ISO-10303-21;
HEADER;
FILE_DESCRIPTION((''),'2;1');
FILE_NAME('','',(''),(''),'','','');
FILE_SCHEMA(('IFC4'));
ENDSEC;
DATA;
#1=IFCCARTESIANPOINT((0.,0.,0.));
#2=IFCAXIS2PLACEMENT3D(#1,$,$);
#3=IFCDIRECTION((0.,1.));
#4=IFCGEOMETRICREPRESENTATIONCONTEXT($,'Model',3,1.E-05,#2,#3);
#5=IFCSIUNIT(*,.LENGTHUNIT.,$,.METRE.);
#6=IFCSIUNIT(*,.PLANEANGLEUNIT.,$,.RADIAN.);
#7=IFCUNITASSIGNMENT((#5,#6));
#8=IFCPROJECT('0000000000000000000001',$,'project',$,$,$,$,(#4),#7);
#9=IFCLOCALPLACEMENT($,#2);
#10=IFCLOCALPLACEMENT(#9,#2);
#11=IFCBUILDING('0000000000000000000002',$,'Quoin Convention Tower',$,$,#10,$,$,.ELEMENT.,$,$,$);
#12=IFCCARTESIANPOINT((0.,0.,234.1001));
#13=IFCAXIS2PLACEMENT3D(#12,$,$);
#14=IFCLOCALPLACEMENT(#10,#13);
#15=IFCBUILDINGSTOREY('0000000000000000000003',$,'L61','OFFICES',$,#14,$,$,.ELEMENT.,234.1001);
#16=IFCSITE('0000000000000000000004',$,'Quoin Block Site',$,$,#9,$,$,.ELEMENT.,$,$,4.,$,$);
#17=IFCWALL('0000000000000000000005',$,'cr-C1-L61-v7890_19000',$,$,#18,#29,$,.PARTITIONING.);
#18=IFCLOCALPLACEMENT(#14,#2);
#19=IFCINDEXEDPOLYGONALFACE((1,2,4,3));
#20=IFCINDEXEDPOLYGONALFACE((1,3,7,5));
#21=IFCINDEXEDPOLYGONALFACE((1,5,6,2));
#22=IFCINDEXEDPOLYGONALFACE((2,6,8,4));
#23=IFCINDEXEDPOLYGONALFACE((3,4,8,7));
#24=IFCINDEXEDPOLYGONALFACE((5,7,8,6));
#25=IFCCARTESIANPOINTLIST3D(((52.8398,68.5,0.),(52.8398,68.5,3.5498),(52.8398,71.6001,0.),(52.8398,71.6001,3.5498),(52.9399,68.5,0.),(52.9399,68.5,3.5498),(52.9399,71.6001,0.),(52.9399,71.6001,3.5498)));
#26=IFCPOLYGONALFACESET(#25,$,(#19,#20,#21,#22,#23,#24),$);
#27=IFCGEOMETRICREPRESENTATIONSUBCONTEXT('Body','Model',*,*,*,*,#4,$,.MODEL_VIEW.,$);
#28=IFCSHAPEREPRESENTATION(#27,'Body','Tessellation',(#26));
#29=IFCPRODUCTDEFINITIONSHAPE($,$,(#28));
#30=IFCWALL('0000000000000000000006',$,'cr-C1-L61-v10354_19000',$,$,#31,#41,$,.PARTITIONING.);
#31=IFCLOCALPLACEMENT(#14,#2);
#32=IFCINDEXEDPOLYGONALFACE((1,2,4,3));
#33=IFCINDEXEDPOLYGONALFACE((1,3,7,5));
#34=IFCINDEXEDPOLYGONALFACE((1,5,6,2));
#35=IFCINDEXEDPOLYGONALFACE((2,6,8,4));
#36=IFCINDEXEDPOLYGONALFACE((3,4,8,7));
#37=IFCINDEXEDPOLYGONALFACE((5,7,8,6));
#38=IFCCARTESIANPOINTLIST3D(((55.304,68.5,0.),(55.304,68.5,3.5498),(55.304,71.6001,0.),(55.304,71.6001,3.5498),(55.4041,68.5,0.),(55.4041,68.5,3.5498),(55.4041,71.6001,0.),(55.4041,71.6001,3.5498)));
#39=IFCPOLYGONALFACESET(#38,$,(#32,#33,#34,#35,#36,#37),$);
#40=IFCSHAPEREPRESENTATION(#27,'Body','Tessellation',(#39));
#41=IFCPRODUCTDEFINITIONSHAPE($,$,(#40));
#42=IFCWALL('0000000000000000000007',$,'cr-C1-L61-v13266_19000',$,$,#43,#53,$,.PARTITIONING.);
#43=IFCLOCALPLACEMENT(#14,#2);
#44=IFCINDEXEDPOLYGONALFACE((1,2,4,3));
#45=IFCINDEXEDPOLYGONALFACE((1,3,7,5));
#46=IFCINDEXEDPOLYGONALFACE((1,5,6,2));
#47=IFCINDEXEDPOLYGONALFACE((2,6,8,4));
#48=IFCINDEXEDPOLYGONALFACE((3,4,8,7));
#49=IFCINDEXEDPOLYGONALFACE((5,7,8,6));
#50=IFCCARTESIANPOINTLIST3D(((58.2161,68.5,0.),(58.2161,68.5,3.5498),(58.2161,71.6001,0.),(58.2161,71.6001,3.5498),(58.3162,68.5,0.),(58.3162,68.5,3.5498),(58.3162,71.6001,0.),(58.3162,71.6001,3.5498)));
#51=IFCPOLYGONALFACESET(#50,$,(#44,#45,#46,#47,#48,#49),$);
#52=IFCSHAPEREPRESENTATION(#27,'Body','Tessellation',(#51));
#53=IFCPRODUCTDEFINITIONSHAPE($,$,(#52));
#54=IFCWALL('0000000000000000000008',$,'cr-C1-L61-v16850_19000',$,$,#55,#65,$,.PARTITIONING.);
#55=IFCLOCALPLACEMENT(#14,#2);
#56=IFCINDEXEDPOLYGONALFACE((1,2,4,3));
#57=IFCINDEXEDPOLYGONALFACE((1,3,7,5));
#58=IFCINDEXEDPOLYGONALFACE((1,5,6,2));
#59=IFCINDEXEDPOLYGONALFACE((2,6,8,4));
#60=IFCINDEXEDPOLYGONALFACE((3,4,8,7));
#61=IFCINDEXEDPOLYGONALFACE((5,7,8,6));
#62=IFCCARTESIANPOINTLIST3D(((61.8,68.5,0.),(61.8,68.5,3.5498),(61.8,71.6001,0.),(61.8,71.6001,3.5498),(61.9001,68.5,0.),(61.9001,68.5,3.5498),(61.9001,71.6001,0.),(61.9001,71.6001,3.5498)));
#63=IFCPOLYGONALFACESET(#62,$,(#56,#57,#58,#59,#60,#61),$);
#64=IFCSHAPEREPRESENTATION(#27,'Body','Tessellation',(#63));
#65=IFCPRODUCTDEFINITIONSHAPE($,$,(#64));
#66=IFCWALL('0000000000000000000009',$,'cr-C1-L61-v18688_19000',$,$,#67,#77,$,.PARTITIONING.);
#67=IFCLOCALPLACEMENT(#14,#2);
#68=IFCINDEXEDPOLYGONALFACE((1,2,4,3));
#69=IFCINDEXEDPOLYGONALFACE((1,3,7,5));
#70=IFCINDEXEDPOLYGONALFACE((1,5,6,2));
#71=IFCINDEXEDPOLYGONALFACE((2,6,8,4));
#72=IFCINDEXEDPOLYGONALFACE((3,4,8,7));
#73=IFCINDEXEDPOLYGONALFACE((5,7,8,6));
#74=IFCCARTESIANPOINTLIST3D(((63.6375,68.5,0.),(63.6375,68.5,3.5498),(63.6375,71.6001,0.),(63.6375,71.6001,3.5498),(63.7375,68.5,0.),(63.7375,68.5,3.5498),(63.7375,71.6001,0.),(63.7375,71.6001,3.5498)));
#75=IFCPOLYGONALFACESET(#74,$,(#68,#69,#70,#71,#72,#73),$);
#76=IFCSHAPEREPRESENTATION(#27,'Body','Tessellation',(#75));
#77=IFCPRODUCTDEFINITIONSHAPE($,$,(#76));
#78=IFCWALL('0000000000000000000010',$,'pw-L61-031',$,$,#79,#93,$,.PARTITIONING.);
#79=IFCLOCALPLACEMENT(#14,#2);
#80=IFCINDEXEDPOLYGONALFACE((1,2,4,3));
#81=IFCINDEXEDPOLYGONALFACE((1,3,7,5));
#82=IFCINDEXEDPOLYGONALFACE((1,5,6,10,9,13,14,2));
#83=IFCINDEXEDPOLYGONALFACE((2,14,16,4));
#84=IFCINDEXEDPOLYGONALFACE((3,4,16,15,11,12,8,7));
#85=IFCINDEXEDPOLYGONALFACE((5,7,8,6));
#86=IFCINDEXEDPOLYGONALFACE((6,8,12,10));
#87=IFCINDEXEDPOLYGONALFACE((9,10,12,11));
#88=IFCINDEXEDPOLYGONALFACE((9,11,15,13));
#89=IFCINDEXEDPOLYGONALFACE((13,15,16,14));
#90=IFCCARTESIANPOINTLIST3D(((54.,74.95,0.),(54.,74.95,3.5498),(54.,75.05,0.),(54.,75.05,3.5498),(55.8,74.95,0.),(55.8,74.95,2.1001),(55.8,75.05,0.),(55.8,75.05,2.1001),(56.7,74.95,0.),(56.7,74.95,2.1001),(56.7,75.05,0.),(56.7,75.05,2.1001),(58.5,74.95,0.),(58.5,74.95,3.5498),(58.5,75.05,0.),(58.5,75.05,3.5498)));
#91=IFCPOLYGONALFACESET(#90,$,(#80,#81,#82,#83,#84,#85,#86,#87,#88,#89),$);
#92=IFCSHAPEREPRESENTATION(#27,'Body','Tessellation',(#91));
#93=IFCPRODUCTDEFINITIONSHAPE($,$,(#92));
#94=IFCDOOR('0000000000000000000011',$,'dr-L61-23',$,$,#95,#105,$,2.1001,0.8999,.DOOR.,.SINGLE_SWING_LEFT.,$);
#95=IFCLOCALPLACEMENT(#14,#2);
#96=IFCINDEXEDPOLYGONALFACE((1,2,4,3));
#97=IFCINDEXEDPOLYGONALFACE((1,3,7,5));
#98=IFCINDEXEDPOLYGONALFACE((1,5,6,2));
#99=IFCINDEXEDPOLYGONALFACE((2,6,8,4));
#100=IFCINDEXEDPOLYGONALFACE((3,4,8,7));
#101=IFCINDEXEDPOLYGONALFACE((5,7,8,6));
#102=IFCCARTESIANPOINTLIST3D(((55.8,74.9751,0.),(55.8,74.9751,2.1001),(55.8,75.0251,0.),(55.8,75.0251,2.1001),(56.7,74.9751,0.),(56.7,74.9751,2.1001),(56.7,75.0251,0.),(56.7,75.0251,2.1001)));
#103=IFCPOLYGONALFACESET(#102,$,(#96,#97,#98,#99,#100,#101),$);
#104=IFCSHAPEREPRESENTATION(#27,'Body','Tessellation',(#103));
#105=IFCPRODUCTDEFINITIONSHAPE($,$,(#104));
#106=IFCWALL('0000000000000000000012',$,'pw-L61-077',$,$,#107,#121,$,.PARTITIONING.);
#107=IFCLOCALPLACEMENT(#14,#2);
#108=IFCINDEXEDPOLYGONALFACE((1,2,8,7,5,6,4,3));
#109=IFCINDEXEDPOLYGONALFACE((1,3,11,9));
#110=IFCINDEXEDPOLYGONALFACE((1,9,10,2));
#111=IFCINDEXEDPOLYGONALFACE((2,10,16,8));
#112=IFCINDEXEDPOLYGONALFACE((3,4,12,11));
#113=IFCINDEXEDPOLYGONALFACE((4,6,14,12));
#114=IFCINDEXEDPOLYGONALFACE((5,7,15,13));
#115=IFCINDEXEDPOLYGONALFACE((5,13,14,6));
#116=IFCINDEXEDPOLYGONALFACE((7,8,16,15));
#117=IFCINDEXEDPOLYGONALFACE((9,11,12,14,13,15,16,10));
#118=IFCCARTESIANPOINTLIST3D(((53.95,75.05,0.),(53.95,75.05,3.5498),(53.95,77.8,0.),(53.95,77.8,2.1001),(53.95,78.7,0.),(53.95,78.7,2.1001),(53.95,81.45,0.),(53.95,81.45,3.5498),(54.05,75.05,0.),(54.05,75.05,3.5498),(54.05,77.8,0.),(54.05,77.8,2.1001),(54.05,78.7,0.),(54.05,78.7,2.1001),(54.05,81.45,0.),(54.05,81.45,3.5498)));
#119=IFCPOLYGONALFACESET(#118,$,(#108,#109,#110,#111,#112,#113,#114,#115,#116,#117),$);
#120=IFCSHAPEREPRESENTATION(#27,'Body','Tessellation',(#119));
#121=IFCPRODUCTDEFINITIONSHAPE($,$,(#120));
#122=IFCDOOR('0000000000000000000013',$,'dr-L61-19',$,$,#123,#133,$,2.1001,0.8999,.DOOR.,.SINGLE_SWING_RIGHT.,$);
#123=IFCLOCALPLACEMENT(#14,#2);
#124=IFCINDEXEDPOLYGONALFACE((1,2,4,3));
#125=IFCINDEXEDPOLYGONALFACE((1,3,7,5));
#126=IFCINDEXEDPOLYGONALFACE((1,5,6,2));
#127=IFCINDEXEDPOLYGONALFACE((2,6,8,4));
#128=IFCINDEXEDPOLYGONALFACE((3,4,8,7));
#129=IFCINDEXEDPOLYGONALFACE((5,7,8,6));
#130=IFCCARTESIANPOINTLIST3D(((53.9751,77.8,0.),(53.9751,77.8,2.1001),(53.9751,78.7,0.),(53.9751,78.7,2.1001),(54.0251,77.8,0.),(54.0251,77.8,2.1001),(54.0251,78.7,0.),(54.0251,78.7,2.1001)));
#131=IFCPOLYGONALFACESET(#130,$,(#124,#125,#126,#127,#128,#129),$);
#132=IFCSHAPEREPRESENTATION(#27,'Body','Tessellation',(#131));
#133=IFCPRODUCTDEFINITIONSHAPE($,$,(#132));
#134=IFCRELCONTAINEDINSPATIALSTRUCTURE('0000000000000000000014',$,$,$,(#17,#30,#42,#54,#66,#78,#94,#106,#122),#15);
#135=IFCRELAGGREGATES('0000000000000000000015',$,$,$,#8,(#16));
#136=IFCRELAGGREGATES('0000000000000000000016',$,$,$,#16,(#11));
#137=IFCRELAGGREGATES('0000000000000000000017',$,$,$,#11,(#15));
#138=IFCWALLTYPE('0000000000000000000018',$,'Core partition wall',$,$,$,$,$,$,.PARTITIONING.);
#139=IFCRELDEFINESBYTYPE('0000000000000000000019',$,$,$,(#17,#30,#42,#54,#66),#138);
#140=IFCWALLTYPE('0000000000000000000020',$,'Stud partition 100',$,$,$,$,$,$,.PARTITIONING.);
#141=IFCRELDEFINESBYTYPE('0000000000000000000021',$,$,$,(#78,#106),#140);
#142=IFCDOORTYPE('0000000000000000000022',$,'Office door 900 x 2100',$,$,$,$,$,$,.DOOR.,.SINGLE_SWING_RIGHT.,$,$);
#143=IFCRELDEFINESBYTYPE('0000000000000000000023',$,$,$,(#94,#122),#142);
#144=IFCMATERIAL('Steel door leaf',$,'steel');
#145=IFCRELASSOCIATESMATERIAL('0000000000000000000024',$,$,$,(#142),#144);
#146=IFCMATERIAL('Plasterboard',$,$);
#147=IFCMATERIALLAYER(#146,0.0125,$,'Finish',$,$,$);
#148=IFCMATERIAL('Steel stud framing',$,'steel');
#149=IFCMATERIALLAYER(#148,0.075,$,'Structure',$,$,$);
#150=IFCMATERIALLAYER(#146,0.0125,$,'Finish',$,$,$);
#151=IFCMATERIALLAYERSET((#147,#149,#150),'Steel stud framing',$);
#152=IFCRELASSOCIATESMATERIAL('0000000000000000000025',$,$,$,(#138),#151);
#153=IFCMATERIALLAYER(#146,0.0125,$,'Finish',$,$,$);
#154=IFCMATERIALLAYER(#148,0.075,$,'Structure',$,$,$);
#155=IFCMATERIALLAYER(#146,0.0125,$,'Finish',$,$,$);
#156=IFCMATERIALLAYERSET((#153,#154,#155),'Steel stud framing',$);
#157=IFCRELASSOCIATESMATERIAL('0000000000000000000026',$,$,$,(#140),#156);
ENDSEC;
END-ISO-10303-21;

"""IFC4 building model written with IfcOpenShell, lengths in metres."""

from ifc_helpers import new_model, si_unit, direction, frame, frame_2d, origin, place, context, subcontext, project, spatial, rectangle, extrude, material, layer, layer_set, type_object, element, fill, save


model = new_model("IFC4")

# Units and contexts
model_context = context("Model", 3, precision=1e-05, world=origin(), true_north=direction((0.0, 1.0)))
body_context = subcontext(model_context, "Body", "Model", "MODEL_VIEW")
ifc_project = project(units=[si_unit("LENGTHUNIT", "METRE"), si_unit("PLANEANGLEUNIT", "RADIAN")], contexts=[model_context])

# Site, building, storey
site_placement = place(None, origin())
site = spatial("IfcSite", under=ifc_project, at=site_placement, Name="Quoin Block Site", CompositionType="ELEMENT", RefElevation=4.0)
building_placement = place(site_placement, origin())
building = spatial("IfcBuilding", under=site, at=building_placement, Name="Quoin Convention Tower", CompositionType="ELEMENT")
storey_placement = place(building_placement, frame((0.0, 0.0, 234.1001)))
storey = spatial("IfcBuildingStorey", under=building, at=storey_placement, Name="L61", Description="OFFICES", CompositionType="ELEMENT", Elevation=234.1001)

# Shared definitions
ifc_material_1 = material(Name="Plasterboard")
ifc_material_2 = material(Name="Steel stud framing", Category="steel")

# Shared definitions
ifc_material_3 = material(Name="Steel door leaf", Category="steel")
door_type = type_object("IfcDoorType", Name="Office door 900 x 2100", OperationType="SINGLE_SWING_RIGHT", PredefinedType="DOOR", material=ifc_material_3)

# Walls
ifc_layer_1 = layer(ifc_material_1, 0.0125, Name="Finish")
ifc_layer_2 = layer(ifc_material_2, 0.075, Name="Structure")
ifc_layer_3 = layer(ifc_material_1, 0.0125, Name="Finish")
ifc_layer_set_1 = layer_set([ifc_layer_1, ifc_layer_2, ifc_layer_3], Name="Steel stud framing")
wall_type_1 = type_object("IfcWallType", Name="Core partition wall", PredefinedType="PARTITIONING", material=ifc_layer_set_1)
for number, where, z_axis, x_axis, name in (
    (1, (52.8899, 68.5, 0.0), (0.0, 0.0, 1.0), (0.0, 1.0, 0.0), "cr-C1-L61-v7890_19000"),
    (2, (55.354, 68.5, 0.0), (0.0, 0.0, 1.0), (0.0, 1.0, 0.0), "cr-C1-L61-v10354_19000"),
    (3, (58.2661, 68.5, 0.0), (0.0, 0.0, 1.0), (0.0, 1.0, 0.0), "cr-C1-L61-v13266_19000"),
    (4, (61.8501, 68.5, 0.0), (0.0, 0.0, 1.0), (0.0, 1.0, 0.0), "cr-C1-L61-v16850_19000"),
    (5, (63.6875, 68.5, 0.0), (0.0, 0.0, 1.0), (0.0, 1.0, 0.0), "cr-C1-L61-v18688_19000"),
):
    element("IfcWall", number, at=place(storey_placement, frame(where, z_axis=z_axis, x_axis=x_axis)), inside=storey, type_object=wall_type_1, Name=name, PredefinedType="PARTITIONING", context=body_context, shape_type="SweptSolid", body=[
        extrude(rectangle(XDim=3.1001, YDim=0.1001, at=frame_2d((1.55, 0.0))), origin(), (0.0, 0.0, 1.0), 3.5498),
    ])

# Walls, openings, doors
ifc_layer_4 = layer(ifc_material_1, 0.0125, Name="Finish")
ifc_layer_5 = layer(ifc_material_2, 0.075, Name="Structure")
ifc_layer_6 = layer(ifc_material_1, 0.0125, Name="Finish")
ifc_layer_set_2 = layer_set([ifc_layer_4, ifc_layer_5, ifc_layer_6], Name="Steel stud framing")
wall_type_2 = type_object("IfcWallType", Name="Stud partition 100", PredefinedType="PARTITIONING", material=ifc_layer_set_2)
wall_1_placement = place(storey_placement, frame((54.0, 75.0, 0.0), z_axis=(0.0, 0.0, 1.0), x_axis=(1.0, 0.0, 0.0)))
wall_1 = element("IfcWall", 6, at=wall_1_placement, inside=storey, type_object=wall_type_2, Name="pw-L61-031", PredefinedType="PARTITIONING", context=body_context, shape_type="SweptSolid", body=[
    extrude(rectangle(XDim=4.5, YDim=0.1001, at=frame_2d((2.25, 0.0))), origin(), (0.0, 0.0, 1.0), 3.5498),
])
opening_1_placement = place(wall_1_placement, frame((1.8, 0.0, 0.0)))
opening_1 = element("IfcOpeningElement", 7, at=opening_1_placement, cuts=wall_1, PredefinedType="OPENING", context=body_context, shape_type="SweptSolid", body=[
    extrude(rectangle(XDim=0.8999, YDim=2.1001, at=frame_2d((0.45, 1.05))), frame((0.0, 0.0601, 0.0), z_axis=(0.0, -1.0, 0.0), x_axis=(1.0, 0.0, 0.0)), (0.0, 0.0, 1.0), 0.1201),
])
door_1_placement = place(opening_1_placement, frame((0.8999, 0.0, 0.0), z_axis=(0.0, 0.0, 1.0), x_axis=(-1.0, 0.0, 0.0)))
door_1 = element("IfcDoor", 8, at=door_1_placement, inside=storey, type_object=door_type, Name="dr-L61-23", OperationType="SINGLE_SWING_LEFT", OverallHeight=2.1001, OverallWidth=0.8999, PredefinedType="DOOR", context=body_context, shape_type="SweptSolid", body=[
    extrude(rectangle(XDim=0.8999, YDim=2.1001, at=frame_2d((0.45, 1.05))), frame((0.0, 0.0249, 0.0), z_axis=(0.0, -1.0, 0.0), x_axis=(1.0, 0.0, 0.0)), (0.0, 0.0, 1.0), 0.05),
])
fill(opening_1, door_1)
wall_2_placement = place(storey_placement, frame((54.0, 75.05, 0.0), z_axis=(0.0, 0.0, 1.0), x_axis=(0.0, 1.0, 0.0)))
wall_2 = element("IfcWall", 9, at=wall_2_placement, inside=storey, type_object=wall_type_2, Name="pw-L61-077", PredefinedType="PARTITIONING", context=body_context, shape_type="SweptSolid", body=[
    extrude(rectangle(XDim=6.3999, YDim=0.1001, at=frame_2d((3.2, 0.0))), origin(), (0.0, 0.0, 1.0), 3.5498),
])
opening_2_placement = place(wall_2_placement, frame((2.75, 0.0, 0.0)))
opening_2 = element("IfcOpeningElement", 10, at=opening_2_placement, cuts=wall_2, PredefinedType="OPENING", context=body_context, shape_type="SweptSolid", body=[
    extrude(rectangle(XDim=0.8999, YDim=2.1001, at=frame_2d((0.45, 1.05))), frame((0.0, 0.0601, 0.0), z_axis=(0.0, -1.0, 0.0), x_axis=(1.0, 0.0, 0.0)), (0.0, 0.0, 1.0), 0.1201),
])
door_2_placement = place(opening_2_placement, origin())
door_2 = element("IfcDoor", 11, at=door_2_placement, inside=storey, type_object=door_type, Name="dr-L61-19", OperationType="SINGLE_SWING_RIGHT", OverallHeight=2.1001, OverallWidth=0.8999, PredefinedType="DOOR", context=body_context, shape_type="SweptSolid", body=[
    extrude(rectangle(XDim=0.8999, YDim=2.1001, at=frame_2d((0.45, 1.05))), frame((0.0, 0.0249, 0.0), z_axis=(0.0, -1.0, 0.0), x_axis=(1.0, 0.0, 0.0)), (0.0, 0.0, 1.0), 0.05),
])
fill(opening_2, door_2)

save(model, "model.ifc")
